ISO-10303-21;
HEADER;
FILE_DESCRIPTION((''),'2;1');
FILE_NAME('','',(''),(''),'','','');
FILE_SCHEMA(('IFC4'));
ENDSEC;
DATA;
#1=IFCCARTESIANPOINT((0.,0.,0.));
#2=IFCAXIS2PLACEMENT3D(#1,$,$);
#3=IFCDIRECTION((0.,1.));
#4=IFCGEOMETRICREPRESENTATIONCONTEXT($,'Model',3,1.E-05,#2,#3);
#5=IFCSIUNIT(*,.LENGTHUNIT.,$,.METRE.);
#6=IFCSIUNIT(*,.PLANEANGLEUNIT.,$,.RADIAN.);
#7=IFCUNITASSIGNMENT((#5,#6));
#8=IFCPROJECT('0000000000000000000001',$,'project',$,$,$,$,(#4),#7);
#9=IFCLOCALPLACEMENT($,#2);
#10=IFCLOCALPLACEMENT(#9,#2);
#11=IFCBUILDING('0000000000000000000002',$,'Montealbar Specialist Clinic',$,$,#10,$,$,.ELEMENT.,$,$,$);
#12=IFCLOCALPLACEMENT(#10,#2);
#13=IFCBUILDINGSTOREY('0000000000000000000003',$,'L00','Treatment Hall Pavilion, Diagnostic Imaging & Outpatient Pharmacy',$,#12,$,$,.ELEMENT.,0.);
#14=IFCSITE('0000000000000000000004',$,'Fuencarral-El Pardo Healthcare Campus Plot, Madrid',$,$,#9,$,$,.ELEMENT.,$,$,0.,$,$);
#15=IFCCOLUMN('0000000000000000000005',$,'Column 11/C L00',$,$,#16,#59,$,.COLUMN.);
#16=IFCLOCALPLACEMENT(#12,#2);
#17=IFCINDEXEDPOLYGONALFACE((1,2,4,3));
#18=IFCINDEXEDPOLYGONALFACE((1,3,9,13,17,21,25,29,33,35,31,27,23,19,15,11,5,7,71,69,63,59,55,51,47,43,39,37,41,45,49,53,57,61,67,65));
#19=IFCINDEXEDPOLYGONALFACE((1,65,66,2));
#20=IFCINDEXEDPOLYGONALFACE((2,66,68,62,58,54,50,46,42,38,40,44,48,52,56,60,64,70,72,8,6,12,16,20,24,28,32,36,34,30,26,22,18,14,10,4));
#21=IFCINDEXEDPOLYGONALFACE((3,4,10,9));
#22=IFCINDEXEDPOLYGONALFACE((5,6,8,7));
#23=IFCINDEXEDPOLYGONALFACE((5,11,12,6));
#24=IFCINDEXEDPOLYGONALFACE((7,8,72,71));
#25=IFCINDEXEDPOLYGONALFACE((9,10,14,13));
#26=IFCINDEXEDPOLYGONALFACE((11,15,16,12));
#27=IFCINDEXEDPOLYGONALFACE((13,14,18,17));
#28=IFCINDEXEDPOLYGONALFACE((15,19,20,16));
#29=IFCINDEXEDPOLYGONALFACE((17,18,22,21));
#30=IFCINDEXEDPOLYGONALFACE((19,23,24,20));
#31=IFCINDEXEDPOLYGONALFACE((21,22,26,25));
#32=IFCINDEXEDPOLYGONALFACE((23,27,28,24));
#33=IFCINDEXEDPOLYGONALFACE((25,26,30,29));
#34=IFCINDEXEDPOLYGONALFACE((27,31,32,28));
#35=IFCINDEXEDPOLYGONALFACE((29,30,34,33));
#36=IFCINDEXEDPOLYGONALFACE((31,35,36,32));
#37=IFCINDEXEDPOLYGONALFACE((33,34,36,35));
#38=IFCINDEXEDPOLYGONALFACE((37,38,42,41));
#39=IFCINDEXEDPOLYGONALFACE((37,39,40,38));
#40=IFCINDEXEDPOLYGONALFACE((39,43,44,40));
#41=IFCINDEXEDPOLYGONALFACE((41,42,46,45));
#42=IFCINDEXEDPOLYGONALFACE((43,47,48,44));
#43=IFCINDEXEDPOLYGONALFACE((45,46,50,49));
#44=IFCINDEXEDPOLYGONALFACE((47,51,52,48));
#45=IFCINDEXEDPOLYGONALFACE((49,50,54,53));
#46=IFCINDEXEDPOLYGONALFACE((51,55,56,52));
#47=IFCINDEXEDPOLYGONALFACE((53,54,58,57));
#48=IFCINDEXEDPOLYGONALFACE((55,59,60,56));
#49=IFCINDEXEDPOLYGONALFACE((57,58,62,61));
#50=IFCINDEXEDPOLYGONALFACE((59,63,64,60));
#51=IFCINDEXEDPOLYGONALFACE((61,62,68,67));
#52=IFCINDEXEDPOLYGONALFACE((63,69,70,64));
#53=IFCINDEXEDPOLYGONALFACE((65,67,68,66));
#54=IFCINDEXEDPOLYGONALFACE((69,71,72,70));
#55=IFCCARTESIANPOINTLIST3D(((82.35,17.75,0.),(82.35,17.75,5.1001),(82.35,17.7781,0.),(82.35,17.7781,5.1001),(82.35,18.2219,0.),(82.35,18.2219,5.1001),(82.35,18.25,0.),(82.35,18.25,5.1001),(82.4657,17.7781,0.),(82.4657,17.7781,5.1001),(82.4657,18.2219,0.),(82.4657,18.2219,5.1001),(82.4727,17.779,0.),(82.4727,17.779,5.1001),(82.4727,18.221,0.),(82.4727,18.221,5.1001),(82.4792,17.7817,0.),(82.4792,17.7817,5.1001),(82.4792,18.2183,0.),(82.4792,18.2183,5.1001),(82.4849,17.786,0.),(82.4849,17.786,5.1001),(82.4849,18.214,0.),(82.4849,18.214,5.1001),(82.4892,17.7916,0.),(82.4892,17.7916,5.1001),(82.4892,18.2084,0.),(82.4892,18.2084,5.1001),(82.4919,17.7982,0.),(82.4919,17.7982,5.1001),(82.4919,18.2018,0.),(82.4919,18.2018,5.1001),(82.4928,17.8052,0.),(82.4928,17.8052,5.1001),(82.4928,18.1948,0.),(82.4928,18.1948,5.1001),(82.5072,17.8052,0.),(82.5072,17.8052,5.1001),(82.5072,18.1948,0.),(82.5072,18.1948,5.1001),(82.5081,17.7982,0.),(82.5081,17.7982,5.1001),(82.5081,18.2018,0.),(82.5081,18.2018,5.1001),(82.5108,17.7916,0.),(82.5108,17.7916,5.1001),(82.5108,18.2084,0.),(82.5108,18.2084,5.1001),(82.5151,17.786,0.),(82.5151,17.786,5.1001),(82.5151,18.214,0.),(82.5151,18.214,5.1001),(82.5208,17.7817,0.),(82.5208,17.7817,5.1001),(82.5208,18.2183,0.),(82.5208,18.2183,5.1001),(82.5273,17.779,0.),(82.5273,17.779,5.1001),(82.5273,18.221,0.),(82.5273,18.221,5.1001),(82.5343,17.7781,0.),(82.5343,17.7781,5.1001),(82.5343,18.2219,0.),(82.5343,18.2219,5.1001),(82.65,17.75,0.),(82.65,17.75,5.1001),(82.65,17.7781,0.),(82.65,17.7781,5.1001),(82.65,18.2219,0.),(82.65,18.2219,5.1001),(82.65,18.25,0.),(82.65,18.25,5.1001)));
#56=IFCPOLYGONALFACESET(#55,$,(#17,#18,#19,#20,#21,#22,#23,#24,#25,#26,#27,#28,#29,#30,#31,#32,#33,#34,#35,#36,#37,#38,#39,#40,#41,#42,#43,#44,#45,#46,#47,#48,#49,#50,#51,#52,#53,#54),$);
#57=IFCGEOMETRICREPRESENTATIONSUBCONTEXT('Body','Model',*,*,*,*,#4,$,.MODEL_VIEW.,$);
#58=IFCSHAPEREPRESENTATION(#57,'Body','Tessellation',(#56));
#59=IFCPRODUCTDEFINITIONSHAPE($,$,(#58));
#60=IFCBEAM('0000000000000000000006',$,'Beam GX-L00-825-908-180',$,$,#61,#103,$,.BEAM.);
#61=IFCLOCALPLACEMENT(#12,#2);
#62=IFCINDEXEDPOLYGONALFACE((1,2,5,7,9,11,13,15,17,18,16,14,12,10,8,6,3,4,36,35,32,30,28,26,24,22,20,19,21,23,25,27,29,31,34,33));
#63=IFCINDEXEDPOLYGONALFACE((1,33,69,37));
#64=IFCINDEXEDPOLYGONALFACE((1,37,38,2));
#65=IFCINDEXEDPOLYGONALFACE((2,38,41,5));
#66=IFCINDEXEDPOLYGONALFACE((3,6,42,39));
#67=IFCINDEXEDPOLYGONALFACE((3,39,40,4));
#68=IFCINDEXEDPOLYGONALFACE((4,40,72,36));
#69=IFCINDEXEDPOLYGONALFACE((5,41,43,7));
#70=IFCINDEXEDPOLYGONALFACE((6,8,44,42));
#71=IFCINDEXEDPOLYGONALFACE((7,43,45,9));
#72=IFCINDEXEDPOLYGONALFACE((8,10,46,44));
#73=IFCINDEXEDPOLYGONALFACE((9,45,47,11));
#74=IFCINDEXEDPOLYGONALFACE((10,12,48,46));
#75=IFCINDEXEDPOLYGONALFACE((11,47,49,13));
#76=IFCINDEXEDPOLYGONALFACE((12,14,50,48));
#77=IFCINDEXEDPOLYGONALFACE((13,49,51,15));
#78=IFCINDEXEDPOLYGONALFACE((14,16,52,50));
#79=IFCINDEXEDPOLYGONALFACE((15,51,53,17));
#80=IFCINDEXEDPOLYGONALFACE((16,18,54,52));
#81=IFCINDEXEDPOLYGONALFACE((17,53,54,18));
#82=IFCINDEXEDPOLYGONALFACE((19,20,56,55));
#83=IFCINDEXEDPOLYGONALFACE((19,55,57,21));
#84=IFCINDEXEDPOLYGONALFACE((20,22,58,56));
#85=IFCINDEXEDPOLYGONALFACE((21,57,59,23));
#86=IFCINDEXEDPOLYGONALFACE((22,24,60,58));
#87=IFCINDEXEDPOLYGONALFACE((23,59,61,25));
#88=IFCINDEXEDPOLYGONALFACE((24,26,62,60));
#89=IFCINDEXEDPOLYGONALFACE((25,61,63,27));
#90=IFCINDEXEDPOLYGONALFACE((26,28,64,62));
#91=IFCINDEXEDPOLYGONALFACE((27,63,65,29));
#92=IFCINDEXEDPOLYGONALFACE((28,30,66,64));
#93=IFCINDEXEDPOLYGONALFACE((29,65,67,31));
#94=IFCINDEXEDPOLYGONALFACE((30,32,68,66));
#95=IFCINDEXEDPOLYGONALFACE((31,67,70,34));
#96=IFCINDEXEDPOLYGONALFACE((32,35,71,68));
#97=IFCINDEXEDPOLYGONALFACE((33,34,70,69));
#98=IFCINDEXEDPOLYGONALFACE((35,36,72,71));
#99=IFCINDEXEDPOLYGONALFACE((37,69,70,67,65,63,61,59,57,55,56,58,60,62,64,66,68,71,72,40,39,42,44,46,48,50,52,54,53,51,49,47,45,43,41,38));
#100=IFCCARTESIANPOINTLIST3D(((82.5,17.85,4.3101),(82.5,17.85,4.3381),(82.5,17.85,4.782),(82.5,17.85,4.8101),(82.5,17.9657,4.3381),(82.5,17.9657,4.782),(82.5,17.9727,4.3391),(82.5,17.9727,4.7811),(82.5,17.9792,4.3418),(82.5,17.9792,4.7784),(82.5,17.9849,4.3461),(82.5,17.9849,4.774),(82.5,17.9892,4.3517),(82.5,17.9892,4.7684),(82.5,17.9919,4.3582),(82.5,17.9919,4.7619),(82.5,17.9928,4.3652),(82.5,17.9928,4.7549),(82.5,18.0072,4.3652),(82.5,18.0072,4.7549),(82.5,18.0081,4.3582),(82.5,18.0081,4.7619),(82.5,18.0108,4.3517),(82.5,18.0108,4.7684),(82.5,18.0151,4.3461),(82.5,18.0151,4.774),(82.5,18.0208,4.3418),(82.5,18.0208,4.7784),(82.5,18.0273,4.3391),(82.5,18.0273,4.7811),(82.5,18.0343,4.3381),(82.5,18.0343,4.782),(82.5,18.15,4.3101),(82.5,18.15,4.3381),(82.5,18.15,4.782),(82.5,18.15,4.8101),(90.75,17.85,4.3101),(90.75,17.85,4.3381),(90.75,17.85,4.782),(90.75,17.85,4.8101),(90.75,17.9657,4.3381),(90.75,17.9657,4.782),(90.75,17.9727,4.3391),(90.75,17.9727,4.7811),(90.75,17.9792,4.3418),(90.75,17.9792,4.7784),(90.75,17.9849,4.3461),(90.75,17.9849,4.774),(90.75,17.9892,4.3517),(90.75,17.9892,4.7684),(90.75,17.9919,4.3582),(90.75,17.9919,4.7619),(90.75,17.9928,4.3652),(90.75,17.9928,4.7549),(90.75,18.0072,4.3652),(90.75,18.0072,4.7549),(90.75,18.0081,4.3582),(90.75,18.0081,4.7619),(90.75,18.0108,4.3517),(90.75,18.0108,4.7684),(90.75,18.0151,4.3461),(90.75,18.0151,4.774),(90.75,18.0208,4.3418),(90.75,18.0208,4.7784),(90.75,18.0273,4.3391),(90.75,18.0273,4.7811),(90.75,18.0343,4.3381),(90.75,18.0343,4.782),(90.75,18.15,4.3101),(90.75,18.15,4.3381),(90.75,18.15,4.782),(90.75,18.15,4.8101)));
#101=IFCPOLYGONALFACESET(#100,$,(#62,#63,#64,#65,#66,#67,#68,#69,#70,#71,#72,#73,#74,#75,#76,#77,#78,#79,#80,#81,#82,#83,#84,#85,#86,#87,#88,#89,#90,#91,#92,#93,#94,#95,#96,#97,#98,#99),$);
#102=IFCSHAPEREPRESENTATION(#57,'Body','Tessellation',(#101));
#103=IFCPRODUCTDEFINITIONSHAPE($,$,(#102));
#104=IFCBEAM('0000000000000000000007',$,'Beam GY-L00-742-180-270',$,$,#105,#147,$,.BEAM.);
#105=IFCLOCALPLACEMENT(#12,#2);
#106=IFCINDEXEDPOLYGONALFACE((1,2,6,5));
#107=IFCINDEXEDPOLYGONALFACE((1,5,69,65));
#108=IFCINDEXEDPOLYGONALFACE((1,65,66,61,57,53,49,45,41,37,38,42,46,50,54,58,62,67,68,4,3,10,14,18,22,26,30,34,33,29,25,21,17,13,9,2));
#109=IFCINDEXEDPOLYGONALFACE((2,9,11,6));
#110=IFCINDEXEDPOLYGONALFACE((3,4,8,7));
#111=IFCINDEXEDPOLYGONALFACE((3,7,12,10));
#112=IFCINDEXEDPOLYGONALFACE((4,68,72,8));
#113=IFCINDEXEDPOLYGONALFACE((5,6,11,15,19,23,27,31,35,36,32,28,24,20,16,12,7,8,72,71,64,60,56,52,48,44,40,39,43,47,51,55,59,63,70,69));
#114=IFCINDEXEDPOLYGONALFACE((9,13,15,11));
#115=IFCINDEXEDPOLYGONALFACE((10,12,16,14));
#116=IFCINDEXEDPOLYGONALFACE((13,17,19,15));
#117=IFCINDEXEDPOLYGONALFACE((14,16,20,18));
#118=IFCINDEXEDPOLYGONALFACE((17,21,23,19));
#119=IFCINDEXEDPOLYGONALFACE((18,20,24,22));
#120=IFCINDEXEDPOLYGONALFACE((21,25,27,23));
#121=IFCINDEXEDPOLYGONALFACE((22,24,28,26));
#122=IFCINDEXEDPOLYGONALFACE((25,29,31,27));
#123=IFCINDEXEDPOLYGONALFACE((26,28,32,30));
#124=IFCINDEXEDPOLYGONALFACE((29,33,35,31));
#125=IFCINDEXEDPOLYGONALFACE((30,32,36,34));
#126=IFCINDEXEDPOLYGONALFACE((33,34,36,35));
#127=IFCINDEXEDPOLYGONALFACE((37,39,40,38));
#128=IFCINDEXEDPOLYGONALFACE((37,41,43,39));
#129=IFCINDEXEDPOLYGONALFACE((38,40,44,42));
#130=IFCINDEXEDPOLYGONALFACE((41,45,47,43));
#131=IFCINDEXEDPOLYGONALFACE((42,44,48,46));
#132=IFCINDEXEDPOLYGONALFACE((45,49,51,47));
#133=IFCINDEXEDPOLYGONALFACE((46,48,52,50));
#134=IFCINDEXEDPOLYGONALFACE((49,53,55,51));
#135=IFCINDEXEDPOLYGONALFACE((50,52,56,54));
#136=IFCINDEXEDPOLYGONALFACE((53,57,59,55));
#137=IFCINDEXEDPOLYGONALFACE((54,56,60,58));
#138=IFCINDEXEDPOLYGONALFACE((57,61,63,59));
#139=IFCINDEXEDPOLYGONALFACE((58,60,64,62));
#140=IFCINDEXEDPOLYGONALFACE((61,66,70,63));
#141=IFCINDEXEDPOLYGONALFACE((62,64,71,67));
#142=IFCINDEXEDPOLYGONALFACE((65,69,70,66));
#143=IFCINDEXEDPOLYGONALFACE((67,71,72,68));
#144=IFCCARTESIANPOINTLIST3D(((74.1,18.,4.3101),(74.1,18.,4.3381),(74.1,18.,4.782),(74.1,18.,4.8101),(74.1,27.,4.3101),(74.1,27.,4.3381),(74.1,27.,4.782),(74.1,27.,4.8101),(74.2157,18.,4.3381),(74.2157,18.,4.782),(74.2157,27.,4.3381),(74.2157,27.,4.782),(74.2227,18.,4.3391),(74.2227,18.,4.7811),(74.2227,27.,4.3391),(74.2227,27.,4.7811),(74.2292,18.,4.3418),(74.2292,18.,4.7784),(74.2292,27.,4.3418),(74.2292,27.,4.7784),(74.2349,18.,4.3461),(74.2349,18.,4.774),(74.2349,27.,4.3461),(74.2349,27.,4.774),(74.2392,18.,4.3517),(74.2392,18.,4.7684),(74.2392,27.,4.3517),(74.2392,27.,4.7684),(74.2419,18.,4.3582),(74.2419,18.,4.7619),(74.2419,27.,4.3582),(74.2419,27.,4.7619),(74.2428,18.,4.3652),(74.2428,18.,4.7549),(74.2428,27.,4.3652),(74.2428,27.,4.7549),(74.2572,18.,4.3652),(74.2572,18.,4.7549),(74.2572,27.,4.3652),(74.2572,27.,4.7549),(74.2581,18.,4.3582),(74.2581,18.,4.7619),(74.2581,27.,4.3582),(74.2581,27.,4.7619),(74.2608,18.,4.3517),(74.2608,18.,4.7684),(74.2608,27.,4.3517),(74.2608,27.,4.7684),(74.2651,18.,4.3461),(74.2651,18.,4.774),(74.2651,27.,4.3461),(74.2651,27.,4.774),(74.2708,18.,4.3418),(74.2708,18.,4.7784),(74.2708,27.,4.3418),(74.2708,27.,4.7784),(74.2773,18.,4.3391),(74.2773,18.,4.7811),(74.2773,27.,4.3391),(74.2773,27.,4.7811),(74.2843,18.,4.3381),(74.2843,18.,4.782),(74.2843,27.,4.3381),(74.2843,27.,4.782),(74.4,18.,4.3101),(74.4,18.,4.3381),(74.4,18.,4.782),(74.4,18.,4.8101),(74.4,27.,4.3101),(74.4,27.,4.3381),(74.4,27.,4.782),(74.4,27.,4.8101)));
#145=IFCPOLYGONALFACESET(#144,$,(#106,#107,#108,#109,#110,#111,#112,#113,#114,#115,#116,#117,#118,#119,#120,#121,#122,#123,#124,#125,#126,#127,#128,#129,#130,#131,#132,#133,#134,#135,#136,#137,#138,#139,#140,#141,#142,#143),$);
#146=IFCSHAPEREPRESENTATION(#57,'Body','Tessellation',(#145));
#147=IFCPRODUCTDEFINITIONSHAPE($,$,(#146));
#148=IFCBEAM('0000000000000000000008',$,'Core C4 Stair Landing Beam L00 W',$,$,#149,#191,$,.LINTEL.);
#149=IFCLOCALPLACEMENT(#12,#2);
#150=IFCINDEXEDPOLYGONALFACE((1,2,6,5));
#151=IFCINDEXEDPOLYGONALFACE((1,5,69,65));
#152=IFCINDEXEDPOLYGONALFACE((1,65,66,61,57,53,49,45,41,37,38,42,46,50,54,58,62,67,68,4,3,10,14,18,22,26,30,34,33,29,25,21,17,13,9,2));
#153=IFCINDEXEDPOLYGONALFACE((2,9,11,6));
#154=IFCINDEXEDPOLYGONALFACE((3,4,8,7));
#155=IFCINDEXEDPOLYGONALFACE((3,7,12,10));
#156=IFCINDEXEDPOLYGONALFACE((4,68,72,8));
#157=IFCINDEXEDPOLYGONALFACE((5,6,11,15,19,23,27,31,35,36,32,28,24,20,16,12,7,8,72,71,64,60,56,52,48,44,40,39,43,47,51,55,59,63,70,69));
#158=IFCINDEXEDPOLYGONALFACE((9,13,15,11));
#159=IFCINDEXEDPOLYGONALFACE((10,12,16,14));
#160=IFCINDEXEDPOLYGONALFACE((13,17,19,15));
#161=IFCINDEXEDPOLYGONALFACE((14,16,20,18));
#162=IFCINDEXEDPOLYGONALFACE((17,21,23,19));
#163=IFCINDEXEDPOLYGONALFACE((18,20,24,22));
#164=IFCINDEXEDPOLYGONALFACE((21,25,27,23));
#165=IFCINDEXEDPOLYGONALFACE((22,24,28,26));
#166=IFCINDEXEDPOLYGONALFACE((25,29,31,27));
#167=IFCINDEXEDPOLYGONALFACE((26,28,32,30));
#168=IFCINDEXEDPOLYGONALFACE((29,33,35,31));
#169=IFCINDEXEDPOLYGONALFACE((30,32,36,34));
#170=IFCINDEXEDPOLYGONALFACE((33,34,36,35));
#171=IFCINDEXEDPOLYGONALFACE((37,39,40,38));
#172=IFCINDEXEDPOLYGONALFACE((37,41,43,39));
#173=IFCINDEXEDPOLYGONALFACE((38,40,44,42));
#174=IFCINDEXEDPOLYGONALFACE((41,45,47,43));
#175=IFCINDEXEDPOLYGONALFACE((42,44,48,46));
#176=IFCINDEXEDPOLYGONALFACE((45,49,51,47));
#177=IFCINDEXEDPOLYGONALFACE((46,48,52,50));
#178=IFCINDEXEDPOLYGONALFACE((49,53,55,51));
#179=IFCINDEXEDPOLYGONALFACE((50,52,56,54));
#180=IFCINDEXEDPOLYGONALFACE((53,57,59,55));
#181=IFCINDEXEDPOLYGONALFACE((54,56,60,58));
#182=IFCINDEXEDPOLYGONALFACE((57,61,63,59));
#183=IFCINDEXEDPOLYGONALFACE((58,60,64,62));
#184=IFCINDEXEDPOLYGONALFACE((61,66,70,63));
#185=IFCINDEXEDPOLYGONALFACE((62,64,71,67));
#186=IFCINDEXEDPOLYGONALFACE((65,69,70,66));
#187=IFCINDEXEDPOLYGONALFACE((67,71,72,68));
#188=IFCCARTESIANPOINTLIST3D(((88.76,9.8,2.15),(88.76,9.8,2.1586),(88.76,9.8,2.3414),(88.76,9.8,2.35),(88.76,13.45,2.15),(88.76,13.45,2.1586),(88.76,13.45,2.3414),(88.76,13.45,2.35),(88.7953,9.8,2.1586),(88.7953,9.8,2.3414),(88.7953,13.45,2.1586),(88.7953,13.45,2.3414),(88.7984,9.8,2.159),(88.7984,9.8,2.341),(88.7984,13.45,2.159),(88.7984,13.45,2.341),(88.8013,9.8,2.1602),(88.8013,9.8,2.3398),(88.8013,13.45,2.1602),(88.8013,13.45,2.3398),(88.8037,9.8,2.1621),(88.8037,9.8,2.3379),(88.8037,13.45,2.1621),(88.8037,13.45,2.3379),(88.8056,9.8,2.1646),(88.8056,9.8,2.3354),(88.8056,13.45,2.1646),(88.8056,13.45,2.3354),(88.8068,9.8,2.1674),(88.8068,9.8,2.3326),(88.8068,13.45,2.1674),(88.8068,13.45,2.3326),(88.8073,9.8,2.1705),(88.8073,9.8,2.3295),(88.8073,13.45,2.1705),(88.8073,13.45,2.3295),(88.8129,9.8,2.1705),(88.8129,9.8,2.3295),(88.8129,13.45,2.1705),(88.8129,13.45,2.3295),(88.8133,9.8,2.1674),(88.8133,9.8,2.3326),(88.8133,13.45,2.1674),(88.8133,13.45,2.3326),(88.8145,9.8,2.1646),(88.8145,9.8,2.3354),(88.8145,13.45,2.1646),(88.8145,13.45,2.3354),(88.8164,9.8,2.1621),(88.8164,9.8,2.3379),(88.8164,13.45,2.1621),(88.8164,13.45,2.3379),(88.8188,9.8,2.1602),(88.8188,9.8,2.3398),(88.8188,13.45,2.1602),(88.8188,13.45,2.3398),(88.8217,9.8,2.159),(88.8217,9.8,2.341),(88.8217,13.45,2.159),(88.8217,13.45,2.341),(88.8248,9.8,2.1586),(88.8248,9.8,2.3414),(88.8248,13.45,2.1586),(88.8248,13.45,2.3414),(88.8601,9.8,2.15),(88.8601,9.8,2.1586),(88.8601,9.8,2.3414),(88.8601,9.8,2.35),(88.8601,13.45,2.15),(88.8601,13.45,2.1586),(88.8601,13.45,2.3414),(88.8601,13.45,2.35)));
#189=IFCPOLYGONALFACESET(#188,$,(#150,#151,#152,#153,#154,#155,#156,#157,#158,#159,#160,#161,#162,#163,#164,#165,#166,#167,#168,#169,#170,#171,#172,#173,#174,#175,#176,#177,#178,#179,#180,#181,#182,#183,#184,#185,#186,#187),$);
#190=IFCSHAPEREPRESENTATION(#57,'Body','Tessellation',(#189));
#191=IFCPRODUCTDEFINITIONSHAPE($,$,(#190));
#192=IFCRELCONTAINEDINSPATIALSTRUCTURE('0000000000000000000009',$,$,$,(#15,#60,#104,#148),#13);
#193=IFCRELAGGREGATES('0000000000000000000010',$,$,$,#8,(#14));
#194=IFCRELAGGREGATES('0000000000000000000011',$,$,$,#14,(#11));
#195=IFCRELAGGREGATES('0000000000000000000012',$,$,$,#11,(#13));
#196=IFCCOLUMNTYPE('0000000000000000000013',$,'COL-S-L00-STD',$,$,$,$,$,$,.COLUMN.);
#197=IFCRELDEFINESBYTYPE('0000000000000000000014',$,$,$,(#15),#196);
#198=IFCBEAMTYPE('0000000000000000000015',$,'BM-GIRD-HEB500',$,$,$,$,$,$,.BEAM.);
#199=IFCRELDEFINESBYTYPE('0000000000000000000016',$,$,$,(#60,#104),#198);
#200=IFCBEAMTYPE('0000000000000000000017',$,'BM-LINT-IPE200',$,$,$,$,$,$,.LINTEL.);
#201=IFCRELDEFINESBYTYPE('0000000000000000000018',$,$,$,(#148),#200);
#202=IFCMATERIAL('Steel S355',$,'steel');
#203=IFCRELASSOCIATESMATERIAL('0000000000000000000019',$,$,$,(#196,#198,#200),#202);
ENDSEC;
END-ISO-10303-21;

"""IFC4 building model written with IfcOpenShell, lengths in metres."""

from ifc_helpers import new_model, si_unit, direction, frame, origin, origin_2d, place, context, subcontext, project, spatial, i_section, extrude, material, material_profile, profile_set, type_object, element, save


model = new_model("IFC4")

# Units and contexts
model_context = context("Model", 3, precision=1e-05, world=origin(), true_north=direction((0.0, 1.0)))
body_context = subcontext(model_context, "Body", "Model", "MODEL_VIEW")
ifc_project = project(units=[si_unit("LENGTHUNIT", "METRE"), si_unit("PLANEANGLEUNIT", "RADIAN")], contexts=[model_context])

# Site, building, storey
site_placement = place(None, origin())
site = spatial("IfcSite", under=ifc_project, at=site_placement, Name="Fuencarral-El Pardo Healthcare Campus Plot, Madrid", CompositionType="ELEMENT", RefElevation=0.0)
building_placement = place(site_placement, origin())
building = spatial("IfcBuilding", under=site, at=building_placement, Name="Montealbar Specialist Clinic", CompositionType="ELEMENT")
storey_placement = place(building_placement, origin())
storey = spatial("IfcBuildingStorey", under=building, at=storey_placement, Name="L00", Description="Treatment Hall Pavilion, Diagnostic Imaging & Outpatient Pharmacy", CompositionType="ELEMENT", Elevation=0.0)

# Column
ifc_material_1 = material(Name="Steel S355", Category="steel")
ifc_material_profile_1 = material_profile(ifc_material_1, i_section(OverallWidth=0.3, OverallDepth=0.5, WebThickness=0.0144, FlangeThickness=0.0281, FilletRadius=0.0271, at=origin_2d()), Name="HEB 500", Category="steel")
ifc_profile_set_1 = profile_set([ifc_material_profile_1], Name="Steel S355")
column_type = type_object("IfcColumnType", Name="COL-S-L00-STD", PredefinedType="COLUMN", material=ifc_profile_set_1)
column_placement = place(storey_placement, frame((82.5, 18.0, 0.0), z_axis=(0.0, 0.0, 1.0), x_axis=(1.0, 0.0, 0.0)))
element("IfcColumn", 1, at=column_placement, inside=storey, type_object=column_type, Name="Column 11/C L00", PredefinedType="COLUMN", context=body_context, shape_type="SweptSolid", body=[
    extrude(i_section(OverallWidth=0.3, OverallDepth=0.5, WebThickness=0.0144, FlangeThickness=0.0281, FilletRadius=0.0271, at=origin_2d()), origin(), (0.0, 0.0, 1.0), 5.1001),
])

# Beams
ifc_material_profile_2 = material_profile(ifc_material_1, i_section(OverallWidth=0.3, OverallDepth=0.5, WebThickness=0.0144, FlangeThickness=0.0281, FilletRadius=0.0271, at=origin_2d()), Name="HEB 500", Category="steel")
ifc_profile_set_2 = profile_set([ifc_material_profile_2], Name="Steel S355")
beam_type_1 = type_object("IfcBeamType", Name="BM-GIRD-HEB500", PredefinedType="BEAM", material=ifc_profile_set_2)
beam_1_placement = place(storey_placement, frame((82.5, 18.0, 4.5601), z_axis=(1.0, 0.0, 0.0), x_axis=(0.0, 1.0, 0.0)))
element("IfcBeam", 2, at=beam_1_placement, inside=storey, type_object=beam_type_1, Name="Beam GX-L00-825-908-180", PredefinedType="BEAM", context=body_context, shape_type="SweptSolid", body=[
    extrude(i_section(OverallWidth=0.3, OverallDepth=0.5, WebThickness=0.0144, FlangeThickness=0.0281, FilletRadius=0.0271, at=origin_2d()), origin(), (0.0, 0.0, 1.0), 8.25),
])
beam_2_placement = place(storey_placement, frame((74.25, 18.0, 4.5601), z_axis=(0.0, 1.0, 0.0), x_axis=(-1.0, 0.0, 0.0)))
element("IfcBeam", 3, at=beam_2_placement, inside=storey, type_object=beam_type_1, Name="Beam GY-L00-742-180-270", PredefinedType="BEAM", context=body_context, shape_type="SweptSolid", body=[
    extrude(i_section(OverallWidth=0.3, OverallDepth=0.5, WebThickness=0.0144, FlangeThickness=0.0281, FilletRadius=0.0271, at=origin_2d()), origin(), (0.0, 0.0, 1.0), 9.0),
])
ifc_material_profile_3 = material_profile(ifc_material_1, i_section(OverallWidth=0.1001, OverallDepth=0.2, WebThickness=0.0056, FlangeThickness=0.0085, FilletRadius=0.012, at=origin_2d()), Name="IPE 200", Category="steel")
ifc_profile_set_3 = profile_set([ifc_material_profile_3], Name="Steel S355")
beam_type_2 = type_object("IfcBeamType", Name="BM-LINT-IPE200", PredefinedType="LINTEL", material=ifc_profile_set_3)
for number, where, z_axis, x_axis, name in (
    (4, (88.8101, 9.8, 2.25), (0.0, 1.0, 0.0), (-1.0, 0.0, 0.0), "Core C4 Stair Landing Beam L00 W"),
):
    element("IfcBeam", number, at=place(storey_placement, frame(where, z_axis=z_axis, x_axis=x_axis)), inside=storey, type_object=beam_type_2, Name=name, PredefinedType="LINTEL", context=body_context, shape_type="SweptSolid", body=[
        extrude(i_section(OverallWidth=0.1001, OverallDepth=0.2, WebThickness=0.0056, FlangeThickness=0.0085, FilletRadius=0.012, at=origin_2d()), origin(), (0.0, 0.0, 1.0), 3.6499),
    ])

save(model, "model.ifc")
